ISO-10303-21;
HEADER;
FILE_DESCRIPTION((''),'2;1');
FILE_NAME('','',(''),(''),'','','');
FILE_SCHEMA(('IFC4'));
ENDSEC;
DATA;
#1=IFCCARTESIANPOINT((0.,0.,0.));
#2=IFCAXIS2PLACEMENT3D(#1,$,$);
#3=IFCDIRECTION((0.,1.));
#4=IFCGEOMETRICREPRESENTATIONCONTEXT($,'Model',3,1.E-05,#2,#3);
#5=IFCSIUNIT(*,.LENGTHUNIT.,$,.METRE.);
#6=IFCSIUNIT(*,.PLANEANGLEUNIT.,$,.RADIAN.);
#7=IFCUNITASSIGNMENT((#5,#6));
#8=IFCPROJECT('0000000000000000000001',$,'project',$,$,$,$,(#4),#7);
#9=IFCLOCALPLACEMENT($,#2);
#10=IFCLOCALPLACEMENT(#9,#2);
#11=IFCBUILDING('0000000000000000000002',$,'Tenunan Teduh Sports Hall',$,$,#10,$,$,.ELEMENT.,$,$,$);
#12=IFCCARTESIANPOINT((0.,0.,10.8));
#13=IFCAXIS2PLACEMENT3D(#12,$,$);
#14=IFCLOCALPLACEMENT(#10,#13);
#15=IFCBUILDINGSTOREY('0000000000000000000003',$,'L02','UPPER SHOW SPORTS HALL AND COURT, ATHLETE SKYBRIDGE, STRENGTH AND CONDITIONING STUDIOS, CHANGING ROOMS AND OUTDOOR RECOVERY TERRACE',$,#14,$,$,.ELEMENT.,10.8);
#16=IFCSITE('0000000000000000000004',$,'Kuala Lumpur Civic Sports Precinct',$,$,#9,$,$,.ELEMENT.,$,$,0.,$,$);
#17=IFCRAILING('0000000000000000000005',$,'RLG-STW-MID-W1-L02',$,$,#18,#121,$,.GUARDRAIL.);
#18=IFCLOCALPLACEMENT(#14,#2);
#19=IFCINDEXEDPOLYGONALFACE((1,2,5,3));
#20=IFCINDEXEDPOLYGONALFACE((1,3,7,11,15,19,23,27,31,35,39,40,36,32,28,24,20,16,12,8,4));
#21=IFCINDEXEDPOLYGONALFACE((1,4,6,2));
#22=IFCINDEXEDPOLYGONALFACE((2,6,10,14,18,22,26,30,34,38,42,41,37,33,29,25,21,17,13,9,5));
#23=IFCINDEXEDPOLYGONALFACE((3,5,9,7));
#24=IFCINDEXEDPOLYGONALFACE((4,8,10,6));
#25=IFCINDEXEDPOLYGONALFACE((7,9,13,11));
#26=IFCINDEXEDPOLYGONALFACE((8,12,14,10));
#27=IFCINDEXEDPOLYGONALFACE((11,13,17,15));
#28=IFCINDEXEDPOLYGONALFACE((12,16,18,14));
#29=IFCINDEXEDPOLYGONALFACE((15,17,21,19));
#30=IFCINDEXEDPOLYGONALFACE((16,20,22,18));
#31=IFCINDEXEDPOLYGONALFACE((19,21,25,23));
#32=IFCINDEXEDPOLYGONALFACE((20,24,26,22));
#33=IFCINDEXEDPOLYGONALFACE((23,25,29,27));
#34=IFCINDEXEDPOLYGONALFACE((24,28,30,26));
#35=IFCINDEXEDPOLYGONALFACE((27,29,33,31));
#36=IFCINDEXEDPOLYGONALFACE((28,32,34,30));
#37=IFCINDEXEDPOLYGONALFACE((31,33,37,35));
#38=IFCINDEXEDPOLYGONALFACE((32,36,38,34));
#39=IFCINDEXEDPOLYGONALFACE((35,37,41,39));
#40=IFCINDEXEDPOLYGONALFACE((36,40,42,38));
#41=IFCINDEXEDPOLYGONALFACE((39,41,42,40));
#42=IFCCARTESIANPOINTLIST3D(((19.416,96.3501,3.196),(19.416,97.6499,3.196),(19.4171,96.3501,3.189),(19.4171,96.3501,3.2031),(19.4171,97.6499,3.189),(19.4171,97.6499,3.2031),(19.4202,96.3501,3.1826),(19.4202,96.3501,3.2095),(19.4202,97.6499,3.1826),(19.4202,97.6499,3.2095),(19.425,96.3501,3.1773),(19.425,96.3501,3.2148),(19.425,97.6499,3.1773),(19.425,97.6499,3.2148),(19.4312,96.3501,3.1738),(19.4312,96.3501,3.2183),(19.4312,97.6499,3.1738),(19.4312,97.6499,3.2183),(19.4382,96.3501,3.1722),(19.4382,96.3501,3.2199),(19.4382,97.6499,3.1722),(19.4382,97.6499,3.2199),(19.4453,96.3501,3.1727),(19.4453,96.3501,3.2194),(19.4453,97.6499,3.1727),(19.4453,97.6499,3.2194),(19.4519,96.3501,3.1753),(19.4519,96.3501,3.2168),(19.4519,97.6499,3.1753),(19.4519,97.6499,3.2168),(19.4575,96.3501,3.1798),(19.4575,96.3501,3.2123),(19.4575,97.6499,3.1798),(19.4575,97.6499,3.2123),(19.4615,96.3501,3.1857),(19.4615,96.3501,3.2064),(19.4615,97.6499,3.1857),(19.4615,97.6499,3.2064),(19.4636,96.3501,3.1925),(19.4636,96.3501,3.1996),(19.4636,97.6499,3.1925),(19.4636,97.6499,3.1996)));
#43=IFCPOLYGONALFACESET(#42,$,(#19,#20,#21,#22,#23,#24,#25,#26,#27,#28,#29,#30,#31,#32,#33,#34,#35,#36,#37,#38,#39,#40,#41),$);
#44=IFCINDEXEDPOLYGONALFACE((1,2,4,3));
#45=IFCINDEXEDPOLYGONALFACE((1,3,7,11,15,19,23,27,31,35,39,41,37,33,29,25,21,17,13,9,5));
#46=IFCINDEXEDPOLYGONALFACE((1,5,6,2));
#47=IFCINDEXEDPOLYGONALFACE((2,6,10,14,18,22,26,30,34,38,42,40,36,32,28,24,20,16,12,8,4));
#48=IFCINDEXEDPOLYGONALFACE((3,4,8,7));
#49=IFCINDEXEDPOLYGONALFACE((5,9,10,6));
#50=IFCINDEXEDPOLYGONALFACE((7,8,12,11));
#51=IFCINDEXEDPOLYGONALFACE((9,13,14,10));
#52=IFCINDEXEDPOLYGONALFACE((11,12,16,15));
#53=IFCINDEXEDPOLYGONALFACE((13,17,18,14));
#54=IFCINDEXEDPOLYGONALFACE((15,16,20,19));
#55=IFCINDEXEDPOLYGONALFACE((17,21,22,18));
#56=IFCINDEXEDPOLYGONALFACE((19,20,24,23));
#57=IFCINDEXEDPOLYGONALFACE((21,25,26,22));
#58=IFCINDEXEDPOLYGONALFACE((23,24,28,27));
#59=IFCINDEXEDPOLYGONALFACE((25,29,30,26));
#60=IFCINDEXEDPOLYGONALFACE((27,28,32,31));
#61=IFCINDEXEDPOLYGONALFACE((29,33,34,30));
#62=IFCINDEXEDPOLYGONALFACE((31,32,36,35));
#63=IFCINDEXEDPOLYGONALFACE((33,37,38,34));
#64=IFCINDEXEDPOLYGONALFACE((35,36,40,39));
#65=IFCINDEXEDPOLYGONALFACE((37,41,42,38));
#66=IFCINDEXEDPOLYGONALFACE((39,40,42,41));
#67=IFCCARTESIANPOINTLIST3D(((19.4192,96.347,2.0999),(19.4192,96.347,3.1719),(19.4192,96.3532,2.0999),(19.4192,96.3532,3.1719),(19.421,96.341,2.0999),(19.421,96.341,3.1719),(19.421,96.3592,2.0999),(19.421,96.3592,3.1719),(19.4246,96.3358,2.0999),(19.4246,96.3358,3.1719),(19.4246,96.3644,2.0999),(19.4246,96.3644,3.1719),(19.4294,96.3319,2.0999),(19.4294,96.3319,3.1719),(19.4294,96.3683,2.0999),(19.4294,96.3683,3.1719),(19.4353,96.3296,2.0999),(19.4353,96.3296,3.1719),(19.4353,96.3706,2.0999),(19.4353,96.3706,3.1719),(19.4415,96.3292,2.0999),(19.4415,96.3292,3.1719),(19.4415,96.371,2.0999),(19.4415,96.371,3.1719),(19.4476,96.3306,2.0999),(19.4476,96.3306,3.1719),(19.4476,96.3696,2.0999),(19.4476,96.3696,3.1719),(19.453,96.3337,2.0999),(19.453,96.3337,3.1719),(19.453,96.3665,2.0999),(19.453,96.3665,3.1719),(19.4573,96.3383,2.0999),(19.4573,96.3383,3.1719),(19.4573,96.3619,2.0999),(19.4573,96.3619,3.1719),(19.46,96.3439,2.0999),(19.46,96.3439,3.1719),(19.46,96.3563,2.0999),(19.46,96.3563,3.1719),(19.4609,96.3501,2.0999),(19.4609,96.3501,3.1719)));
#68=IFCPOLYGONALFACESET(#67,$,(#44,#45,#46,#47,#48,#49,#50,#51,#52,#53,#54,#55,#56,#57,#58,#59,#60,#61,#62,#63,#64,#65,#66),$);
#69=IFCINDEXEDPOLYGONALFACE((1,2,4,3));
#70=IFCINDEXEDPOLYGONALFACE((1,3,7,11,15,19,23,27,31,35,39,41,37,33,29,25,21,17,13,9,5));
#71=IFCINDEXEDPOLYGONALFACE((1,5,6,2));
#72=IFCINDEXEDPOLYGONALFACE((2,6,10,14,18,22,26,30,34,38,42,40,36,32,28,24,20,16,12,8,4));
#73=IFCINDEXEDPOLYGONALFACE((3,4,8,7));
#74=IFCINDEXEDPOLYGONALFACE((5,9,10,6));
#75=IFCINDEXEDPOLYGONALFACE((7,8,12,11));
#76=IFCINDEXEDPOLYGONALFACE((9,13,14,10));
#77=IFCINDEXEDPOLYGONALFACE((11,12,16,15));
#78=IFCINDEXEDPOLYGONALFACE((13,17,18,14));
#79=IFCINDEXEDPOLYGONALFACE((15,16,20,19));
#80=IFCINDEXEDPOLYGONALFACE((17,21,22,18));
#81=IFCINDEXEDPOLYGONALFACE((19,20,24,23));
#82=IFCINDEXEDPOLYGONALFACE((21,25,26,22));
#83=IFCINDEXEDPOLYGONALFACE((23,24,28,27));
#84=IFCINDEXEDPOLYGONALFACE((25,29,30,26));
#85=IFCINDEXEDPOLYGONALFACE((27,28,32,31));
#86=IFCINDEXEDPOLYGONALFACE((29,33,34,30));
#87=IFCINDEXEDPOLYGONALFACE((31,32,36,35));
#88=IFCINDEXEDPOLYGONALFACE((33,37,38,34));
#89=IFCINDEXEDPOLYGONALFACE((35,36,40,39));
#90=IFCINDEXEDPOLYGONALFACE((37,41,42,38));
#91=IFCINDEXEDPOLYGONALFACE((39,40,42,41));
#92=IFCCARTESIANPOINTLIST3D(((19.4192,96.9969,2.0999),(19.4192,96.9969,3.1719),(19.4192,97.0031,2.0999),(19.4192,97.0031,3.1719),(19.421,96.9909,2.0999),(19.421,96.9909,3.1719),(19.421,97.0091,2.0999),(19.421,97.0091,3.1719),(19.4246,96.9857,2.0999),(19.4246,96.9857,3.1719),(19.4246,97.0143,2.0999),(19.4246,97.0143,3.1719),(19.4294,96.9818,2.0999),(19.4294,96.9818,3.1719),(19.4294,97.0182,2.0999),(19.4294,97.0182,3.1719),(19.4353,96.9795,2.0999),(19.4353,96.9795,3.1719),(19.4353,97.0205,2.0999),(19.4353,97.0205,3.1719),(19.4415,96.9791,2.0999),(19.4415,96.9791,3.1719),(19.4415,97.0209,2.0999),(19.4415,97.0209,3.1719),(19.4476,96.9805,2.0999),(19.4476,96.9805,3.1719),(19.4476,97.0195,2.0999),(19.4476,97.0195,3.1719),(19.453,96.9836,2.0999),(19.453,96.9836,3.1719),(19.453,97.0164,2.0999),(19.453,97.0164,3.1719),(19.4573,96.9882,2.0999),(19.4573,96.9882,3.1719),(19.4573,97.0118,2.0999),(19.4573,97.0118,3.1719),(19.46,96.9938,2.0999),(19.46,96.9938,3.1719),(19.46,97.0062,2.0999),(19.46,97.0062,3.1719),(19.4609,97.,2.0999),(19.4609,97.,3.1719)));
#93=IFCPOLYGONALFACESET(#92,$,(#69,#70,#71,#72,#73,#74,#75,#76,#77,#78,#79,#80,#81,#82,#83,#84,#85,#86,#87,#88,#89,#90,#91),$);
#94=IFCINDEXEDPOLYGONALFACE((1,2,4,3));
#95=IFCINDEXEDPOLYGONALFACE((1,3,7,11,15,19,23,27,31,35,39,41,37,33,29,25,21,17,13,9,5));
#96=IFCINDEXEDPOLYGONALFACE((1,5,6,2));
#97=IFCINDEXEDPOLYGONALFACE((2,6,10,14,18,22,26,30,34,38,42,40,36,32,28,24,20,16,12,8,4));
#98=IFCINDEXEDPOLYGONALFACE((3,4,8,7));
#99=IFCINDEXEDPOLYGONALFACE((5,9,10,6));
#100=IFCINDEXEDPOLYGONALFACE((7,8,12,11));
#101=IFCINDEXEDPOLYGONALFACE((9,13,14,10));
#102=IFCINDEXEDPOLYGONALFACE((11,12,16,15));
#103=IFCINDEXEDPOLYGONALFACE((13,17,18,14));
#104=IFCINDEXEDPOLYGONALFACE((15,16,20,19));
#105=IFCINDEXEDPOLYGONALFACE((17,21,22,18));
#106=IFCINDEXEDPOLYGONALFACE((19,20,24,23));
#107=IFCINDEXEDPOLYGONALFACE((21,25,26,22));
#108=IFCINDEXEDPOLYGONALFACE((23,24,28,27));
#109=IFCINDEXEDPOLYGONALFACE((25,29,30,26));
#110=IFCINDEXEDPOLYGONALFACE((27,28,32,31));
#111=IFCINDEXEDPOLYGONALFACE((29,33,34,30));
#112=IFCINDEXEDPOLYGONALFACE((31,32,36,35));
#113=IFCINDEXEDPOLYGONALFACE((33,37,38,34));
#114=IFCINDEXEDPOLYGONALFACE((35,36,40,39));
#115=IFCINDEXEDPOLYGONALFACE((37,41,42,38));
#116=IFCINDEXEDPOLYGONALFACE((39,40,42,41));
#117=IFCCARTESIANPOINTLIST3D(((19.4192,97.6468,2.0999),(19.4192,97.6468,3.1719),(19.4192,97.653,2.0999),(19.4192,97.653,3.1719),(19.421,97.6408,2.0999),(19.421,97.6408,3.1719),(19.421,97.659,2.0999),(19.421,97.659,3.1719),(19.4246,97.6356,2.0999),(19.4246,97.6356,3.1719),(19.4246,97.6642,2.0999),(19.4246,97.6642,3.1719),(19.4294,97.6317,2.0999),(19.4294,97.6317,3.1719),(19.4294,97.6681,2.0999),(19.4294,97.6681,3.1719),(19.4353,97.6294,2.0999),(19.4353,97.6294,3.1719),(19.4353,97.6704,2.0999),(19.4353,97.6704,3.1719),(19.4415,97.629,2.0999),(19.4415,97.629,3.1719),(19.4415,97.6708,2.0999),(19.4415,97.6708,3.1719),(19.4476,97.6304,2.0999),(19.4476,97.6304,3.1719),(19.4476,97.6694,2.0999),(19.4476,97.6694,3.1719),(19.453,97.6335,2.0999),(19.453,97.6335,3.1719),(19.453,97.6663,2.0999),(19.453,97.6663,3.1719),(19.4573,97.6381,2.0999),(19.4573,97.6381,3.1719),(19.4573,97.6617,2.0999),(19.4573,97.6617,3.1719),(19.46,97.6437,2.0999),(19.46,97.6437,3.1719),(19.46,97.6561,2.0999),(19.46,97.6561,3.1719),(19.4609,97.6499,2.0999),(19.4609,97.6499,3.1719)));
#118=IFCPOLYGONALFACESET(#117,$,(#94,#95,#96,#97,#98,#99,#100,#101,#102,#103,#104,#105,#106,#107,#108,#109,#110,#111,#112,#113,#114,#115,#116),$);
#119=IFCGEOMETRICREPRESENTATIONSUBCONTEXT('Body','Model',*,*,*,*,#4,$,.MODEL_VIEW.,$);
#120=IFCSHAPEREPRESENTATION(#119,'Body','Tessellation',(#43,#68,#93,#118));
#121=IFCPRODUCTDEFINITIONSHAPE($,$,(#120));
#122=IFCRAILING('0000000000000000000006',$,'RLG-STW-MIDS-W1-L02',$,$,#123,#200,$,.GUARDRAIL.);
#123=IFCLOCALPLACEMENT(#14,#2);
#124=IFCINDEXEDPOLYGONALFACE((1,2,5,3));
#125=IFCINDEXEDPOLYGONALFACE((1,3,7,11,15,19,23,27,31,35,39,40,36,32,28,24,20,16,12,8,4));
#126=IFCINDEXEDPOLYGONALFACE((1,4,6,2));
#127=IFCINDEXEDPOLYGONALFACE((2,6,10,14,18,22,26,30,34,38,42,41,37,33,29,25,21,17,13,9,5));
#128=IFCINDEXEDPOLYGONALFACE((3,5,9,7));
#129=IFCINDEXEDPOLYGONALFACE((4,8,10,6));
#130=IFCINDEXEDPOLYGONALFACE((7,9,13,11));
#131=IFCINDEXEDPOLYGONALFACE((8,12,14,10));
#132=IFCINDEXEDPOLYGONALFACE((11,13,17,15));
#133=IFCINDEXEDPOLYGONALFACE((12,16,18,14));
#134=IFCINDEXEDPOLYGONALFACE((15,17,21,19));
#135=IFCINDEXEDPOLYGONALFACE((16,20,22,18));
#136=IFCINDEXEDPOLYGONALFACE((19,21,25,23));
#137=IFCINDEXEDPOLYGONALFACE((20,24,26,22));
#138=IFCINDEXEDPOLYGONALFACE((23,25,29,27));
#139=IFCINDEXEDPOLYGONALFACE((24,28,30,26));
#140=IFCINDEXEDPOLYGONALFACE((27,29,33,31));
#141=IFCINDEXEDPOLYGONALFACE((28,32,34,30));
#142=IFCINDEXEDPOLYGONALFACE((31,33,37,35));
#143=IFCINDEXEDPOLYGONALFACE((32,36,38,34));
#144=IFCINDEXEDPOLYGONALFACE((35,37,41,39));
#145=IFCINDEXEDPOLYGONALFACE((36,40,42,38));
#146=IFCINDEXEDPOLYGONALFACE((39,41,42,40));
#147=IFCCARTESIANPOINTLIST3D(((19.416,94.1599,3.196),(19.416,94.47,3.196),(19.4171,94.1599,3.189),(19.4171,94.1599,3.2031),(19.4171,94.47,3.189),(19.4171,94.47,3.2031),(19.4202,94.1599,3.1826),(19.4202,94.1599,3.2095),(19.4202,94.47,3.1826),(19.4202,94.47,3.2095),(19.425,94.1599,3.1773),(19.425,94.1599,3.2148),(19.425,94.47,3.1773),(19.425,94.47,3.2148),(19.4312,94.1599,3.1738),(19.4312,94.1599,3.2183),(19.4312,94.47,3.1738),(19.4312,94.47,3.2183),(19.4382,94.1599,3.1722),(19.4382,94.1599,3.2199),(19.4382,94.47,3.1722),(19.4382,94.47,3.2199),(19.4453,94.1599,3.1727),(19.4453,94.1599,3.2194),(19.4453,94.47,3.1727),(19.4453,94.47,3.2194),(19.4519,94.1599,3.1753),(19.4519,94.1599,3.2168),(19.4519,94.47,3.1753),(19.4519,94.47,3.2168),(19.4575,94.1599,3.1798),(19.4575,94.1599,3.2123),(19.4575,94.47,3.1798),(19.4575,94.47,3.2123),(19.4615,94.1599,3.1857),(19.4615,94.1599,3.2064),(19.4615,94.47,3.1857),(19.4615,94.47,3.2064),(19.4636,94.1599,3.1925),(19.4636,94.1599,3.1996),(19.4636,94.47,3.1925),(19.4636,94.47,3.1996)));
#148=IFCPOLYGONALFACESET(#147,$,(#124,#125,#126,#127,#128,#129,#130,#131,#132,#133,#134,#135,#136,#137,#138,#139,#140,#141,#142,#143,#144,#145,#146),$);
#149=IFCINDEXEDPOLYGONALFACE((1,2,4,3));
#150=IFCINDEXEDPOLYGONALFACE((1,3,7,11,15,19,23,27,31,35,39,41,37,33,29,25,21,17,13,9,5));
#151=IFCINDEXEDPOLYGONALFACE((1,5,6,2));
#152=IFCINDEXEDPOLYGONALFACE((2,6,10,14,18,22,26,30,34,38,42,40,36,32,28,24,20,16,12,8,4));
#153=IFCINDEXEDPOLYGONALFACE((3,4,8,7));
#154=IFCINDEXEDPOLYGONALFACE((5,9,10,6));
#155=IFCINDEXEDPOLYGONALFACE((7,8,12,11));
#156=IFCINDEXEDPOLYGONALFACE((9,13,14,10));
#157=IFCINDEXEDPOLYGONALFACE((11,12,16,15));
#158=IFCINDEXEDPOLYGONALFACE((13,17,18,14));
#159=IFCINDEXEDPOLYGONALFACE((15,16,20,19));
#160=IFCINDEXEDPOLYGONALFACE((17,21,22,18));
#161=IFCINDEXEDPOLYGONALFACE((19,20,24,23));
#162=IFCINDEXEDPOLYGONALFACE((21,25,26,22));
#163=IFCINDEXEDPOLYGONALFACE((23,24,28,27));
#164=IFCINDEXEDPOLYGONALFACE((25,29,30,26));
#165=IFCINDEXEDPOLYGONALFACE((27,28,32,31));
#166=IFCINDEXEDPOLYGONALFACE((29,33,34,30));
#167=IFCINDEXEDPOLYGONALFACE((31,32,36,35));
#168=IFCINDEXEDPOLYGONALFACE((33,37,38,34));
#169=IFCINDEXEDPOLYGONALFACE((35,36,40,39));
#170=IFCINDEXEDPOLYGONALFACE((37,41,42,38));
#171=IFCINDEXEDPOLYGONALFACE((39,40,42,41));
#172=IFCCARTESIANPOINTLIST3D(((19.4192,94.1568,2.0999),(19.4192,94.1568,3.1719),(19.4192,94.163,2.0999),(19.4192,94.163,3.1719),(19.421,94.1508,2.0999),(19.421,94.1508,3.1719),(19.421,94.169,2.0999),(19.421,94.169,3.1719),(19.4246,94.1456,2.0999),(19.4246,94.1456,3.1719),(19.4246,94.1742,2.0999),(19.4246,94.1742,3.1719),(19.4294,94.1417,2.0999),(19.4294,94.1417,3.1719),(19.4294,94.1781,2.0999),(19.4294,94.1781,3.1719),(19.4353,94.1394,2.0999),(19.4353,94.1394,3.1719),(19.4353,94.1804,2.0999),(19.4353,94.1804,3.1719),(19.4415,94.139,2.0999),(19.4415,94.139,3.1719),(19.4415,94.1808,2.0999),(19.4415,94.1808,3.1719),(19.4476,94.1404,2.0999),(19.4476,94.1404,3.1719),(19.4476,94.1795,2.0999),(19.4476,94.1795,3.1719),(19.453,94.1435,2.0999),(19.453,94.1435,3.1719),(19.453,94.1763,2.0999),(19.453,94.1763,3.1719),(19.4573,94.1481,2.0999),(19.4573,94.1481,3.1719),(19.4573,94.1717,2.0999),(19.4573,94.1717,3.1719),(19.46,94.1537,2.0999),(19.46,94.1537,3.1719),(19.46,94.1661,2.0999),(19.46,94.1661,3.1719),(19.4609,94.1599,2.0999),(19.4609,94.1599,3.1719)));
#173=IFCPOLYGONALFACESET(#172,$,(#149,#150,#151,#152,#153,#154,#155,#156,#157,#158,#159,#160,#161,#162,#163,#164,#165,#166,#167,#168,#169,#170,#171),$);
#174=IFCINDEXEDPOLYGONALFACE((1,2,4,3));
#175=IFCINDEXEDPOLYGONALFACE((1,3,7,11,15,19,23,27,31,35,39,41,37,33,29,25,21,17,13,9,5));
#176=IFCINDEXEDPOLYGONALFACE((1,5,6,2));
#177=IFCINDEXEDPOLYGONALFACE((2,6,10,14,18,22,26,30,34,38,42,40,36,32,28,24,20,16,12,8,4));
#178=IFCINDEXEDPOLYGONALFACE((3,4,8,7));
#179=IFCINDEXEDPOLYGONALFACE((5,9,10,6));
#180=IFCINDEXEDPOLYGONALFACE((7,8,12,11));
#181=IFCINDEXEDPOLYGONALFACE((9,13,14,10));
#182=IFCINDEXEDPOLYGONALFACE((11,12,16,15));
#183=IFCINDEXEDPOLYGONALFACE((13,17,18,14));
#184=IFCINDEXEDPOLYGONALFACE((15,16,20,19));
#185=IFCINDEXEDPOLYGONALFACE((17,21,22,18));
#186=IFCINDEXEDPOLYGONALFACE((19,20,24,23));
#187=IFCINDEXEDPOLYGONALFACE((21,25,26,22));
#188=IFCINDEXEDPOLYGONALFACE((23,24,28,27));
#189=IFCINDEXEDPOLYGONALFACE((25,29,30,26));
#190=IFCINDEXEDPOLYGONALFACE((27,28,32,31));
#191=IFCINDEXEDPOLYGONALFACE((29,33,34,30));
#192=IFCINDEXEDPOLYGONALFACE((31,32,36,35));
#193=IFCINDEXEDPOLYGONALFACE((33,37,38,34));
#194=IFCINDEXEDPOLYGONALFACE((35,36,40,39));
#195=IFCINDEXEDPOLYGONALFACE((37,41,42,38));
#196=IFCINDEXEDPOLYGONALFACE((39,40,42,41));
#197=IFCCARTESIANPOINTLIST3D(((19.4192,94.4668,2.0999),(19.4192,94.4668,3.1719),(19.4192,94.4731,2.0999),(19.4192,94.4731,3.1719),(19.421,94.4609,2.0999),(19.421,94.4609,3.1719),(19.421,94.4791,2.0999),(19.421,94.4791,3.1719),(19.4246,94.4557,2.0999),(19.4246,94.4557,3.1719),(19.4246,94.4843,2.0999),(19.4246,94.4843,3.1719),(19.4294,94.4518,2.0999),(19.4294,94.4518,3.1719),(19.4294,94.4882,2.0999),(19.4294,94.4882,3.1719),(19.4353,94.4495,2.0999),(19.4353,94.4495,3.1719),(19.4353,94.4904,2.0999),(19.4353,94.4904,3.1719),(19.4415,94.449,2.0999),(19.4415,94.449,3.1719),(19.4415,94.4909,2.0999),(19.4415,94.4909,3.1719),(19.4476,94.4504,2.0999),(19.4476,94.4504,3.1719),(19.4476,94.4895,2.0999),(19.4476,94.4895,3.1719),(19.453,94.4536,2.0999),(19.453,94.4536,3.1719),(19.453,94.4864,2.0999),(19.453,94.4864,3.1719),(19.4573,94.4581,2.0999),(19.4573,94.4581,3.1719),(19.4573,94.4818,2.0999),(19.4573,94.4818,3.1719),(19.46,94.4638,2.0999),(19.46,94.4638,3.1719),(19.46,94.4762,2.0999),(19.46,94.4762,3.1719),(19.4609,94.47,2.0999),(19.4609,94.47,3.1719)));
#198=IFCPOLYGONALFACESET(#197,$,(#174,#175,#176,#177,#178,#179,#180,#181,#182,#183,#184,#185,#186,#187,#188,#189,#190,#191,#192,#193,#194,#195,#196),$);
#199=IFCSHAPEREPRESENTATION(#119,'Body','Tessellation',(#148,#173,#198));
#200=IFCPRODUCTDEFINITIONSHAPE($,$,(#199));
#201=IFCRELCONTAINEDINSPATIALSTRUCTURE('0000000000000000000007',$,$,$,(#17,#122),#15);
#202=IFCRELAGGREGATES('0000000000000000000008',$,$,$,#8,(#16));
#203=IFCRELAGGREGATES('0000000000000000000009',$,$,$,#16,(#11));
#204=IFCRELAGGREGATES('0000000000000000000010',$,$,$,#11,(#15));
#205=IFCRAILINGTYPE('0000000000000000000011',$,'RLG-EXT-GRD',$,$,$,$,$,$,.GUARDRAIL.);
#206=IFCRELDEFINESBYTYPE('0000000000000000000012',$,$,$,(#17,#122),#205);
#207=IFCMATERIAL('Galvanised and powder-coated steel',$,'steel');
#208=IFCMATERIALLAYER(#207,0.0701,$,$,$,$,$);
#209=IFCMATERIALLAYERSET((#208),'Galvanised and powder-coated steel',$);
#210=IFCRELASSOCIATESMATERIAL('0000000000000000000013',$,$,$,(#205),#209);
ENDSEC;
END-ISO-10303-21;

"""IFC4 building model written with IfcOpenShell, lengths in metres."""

from ifc_helpers import new_model, si_unit, direction, frame, origin, origin_2d, place, context, subcontext, project, spatial, circle, extrude, material, layer, layer_set, type_object, element, save


model = new_model("IFC4")

# Units and contexts
model_context = context("Model", 3, precision=1e-05, world=origin(), true_north=direction((0.0, 1.0)))
body_context = subcontext(model_context, "Body", "Model", "MODEL_VIEW")
ifc_project = project(units=[si_unit("LENGTHUNIT", "METRE"), si_unit("PLANEANGLEUNIT", "RADIAN")], contexts=[model_context])

# Site, building, storey
site_placement = place(None, origin())
site = spatial("IfcSite", under=ifc_project, at=site_placement, Name="Kuala Lumpur Civic Sports Precinct", CompositionType="ELEMENT", RefElevation=0.0)
building_placement = place(site_placement, origin())
building = spatial("IfcBuilding", under=site, at=building_placement, Name="Tenunan Teduh Sports Hall", CompositionType="ELEMENT")
storey_placement = place(building_placement, frame((0.0, 0.0, 10.8)))
storey = spatial("IfcBuildingStorey", under=building, at=storey_placement, Name="L02", Description="UPPER SHOW SPORTS HALL AND COURT, ATHLETE SKYBRIDGE, STRENGTH AND CONDITIONING STUDIOS, CHANGING ROOMS AND OUTDOOR RECOVERY TERRACE", CompositionType="ELEMENT", Elevation=10.8)

# Railings
ifc_material_1 = material(Name="Galvanised and powder-coated steel", Category="steel")
ifc_layer_1 = layer(ifc_material_1, 0.0701)
ifc_layer_set_1 = layer_set([ifc_layer_1], Name="Galvanised and powder-coated steel")
railing_type_1 = type_object("IfcRailingType", Name="RLG-EXT-GRD", PredefinedType="GUARDRAIL", material=ifc_layer_set_1)
railing_1_placement = place(storey_placement, frame((19.4399, 96.3501, 2.0999)))
element("IfcRailing", 1, at=railing_1_placement, inside=storey, type_object=railing_type_1, Name="RLG-STW-MID-W1-L02", PredefinedType="GUARDRAIL", context=body_context, shape_type="SweptSolid", body=[
    extrude(circle(Radius=0.0239, at=origin_2d()), frame((0.0, 0.0, 1.0962), z_axis=(0.0, 1.0, 0.0), x_axis=(-1.0, 0.0, 0.0)), (0.0, 0.0, 1.0), 1.2998),
    extrude(circle(Radius=0.021, at=origin_2d()), origin(), (0.0, 0.0, 1.0), 1.072),
    extrude(circle(Radius=0.021, at=origin_2d()), frame((0.0, 0.6499, 0.0)), (0.0, 0.0, 1.0), 1.072),
    extrude(circle(Radius=0.021, at=origin_2d()), frame((0.0, 1.2998, 0.0)), (0.0, 0.0, 1.0), 1.072),
])
railing_2_placement = place(storey_placement, frame((19.4399, 94.1599, 2.0999)))
element("IfcRailing", 2, at=railing_2_placement, inside=storey, type_object=railing_type_1, Name="RLG-STW-MIDS-W1-L02", PredefinedType="GUARDRAIL", context=body_context, shape_type="SweptSolid", body=[
    extrude(circle(Radius=0.0239, at=origin_2d()), frame((0.0, 0.0, 1.0962), z_axis=(0.0, 1.0, 0.0), x_axis=(-1.0, 0.0, 0.0)), (0.0, 0.0, 1.0), 0.3101),
    extrude(circle(Radius=0.021, at=origin_2d()), origin(), (0.0, 0.0, 1.0), 1.072),
    extrude(circle(Radius=0.021, at=origin_2d()), frame((0.0, 0.3101, 0.0)), (0.0, 0.0, 1.0), 1.072),
])

save(model, "model.ifc")
